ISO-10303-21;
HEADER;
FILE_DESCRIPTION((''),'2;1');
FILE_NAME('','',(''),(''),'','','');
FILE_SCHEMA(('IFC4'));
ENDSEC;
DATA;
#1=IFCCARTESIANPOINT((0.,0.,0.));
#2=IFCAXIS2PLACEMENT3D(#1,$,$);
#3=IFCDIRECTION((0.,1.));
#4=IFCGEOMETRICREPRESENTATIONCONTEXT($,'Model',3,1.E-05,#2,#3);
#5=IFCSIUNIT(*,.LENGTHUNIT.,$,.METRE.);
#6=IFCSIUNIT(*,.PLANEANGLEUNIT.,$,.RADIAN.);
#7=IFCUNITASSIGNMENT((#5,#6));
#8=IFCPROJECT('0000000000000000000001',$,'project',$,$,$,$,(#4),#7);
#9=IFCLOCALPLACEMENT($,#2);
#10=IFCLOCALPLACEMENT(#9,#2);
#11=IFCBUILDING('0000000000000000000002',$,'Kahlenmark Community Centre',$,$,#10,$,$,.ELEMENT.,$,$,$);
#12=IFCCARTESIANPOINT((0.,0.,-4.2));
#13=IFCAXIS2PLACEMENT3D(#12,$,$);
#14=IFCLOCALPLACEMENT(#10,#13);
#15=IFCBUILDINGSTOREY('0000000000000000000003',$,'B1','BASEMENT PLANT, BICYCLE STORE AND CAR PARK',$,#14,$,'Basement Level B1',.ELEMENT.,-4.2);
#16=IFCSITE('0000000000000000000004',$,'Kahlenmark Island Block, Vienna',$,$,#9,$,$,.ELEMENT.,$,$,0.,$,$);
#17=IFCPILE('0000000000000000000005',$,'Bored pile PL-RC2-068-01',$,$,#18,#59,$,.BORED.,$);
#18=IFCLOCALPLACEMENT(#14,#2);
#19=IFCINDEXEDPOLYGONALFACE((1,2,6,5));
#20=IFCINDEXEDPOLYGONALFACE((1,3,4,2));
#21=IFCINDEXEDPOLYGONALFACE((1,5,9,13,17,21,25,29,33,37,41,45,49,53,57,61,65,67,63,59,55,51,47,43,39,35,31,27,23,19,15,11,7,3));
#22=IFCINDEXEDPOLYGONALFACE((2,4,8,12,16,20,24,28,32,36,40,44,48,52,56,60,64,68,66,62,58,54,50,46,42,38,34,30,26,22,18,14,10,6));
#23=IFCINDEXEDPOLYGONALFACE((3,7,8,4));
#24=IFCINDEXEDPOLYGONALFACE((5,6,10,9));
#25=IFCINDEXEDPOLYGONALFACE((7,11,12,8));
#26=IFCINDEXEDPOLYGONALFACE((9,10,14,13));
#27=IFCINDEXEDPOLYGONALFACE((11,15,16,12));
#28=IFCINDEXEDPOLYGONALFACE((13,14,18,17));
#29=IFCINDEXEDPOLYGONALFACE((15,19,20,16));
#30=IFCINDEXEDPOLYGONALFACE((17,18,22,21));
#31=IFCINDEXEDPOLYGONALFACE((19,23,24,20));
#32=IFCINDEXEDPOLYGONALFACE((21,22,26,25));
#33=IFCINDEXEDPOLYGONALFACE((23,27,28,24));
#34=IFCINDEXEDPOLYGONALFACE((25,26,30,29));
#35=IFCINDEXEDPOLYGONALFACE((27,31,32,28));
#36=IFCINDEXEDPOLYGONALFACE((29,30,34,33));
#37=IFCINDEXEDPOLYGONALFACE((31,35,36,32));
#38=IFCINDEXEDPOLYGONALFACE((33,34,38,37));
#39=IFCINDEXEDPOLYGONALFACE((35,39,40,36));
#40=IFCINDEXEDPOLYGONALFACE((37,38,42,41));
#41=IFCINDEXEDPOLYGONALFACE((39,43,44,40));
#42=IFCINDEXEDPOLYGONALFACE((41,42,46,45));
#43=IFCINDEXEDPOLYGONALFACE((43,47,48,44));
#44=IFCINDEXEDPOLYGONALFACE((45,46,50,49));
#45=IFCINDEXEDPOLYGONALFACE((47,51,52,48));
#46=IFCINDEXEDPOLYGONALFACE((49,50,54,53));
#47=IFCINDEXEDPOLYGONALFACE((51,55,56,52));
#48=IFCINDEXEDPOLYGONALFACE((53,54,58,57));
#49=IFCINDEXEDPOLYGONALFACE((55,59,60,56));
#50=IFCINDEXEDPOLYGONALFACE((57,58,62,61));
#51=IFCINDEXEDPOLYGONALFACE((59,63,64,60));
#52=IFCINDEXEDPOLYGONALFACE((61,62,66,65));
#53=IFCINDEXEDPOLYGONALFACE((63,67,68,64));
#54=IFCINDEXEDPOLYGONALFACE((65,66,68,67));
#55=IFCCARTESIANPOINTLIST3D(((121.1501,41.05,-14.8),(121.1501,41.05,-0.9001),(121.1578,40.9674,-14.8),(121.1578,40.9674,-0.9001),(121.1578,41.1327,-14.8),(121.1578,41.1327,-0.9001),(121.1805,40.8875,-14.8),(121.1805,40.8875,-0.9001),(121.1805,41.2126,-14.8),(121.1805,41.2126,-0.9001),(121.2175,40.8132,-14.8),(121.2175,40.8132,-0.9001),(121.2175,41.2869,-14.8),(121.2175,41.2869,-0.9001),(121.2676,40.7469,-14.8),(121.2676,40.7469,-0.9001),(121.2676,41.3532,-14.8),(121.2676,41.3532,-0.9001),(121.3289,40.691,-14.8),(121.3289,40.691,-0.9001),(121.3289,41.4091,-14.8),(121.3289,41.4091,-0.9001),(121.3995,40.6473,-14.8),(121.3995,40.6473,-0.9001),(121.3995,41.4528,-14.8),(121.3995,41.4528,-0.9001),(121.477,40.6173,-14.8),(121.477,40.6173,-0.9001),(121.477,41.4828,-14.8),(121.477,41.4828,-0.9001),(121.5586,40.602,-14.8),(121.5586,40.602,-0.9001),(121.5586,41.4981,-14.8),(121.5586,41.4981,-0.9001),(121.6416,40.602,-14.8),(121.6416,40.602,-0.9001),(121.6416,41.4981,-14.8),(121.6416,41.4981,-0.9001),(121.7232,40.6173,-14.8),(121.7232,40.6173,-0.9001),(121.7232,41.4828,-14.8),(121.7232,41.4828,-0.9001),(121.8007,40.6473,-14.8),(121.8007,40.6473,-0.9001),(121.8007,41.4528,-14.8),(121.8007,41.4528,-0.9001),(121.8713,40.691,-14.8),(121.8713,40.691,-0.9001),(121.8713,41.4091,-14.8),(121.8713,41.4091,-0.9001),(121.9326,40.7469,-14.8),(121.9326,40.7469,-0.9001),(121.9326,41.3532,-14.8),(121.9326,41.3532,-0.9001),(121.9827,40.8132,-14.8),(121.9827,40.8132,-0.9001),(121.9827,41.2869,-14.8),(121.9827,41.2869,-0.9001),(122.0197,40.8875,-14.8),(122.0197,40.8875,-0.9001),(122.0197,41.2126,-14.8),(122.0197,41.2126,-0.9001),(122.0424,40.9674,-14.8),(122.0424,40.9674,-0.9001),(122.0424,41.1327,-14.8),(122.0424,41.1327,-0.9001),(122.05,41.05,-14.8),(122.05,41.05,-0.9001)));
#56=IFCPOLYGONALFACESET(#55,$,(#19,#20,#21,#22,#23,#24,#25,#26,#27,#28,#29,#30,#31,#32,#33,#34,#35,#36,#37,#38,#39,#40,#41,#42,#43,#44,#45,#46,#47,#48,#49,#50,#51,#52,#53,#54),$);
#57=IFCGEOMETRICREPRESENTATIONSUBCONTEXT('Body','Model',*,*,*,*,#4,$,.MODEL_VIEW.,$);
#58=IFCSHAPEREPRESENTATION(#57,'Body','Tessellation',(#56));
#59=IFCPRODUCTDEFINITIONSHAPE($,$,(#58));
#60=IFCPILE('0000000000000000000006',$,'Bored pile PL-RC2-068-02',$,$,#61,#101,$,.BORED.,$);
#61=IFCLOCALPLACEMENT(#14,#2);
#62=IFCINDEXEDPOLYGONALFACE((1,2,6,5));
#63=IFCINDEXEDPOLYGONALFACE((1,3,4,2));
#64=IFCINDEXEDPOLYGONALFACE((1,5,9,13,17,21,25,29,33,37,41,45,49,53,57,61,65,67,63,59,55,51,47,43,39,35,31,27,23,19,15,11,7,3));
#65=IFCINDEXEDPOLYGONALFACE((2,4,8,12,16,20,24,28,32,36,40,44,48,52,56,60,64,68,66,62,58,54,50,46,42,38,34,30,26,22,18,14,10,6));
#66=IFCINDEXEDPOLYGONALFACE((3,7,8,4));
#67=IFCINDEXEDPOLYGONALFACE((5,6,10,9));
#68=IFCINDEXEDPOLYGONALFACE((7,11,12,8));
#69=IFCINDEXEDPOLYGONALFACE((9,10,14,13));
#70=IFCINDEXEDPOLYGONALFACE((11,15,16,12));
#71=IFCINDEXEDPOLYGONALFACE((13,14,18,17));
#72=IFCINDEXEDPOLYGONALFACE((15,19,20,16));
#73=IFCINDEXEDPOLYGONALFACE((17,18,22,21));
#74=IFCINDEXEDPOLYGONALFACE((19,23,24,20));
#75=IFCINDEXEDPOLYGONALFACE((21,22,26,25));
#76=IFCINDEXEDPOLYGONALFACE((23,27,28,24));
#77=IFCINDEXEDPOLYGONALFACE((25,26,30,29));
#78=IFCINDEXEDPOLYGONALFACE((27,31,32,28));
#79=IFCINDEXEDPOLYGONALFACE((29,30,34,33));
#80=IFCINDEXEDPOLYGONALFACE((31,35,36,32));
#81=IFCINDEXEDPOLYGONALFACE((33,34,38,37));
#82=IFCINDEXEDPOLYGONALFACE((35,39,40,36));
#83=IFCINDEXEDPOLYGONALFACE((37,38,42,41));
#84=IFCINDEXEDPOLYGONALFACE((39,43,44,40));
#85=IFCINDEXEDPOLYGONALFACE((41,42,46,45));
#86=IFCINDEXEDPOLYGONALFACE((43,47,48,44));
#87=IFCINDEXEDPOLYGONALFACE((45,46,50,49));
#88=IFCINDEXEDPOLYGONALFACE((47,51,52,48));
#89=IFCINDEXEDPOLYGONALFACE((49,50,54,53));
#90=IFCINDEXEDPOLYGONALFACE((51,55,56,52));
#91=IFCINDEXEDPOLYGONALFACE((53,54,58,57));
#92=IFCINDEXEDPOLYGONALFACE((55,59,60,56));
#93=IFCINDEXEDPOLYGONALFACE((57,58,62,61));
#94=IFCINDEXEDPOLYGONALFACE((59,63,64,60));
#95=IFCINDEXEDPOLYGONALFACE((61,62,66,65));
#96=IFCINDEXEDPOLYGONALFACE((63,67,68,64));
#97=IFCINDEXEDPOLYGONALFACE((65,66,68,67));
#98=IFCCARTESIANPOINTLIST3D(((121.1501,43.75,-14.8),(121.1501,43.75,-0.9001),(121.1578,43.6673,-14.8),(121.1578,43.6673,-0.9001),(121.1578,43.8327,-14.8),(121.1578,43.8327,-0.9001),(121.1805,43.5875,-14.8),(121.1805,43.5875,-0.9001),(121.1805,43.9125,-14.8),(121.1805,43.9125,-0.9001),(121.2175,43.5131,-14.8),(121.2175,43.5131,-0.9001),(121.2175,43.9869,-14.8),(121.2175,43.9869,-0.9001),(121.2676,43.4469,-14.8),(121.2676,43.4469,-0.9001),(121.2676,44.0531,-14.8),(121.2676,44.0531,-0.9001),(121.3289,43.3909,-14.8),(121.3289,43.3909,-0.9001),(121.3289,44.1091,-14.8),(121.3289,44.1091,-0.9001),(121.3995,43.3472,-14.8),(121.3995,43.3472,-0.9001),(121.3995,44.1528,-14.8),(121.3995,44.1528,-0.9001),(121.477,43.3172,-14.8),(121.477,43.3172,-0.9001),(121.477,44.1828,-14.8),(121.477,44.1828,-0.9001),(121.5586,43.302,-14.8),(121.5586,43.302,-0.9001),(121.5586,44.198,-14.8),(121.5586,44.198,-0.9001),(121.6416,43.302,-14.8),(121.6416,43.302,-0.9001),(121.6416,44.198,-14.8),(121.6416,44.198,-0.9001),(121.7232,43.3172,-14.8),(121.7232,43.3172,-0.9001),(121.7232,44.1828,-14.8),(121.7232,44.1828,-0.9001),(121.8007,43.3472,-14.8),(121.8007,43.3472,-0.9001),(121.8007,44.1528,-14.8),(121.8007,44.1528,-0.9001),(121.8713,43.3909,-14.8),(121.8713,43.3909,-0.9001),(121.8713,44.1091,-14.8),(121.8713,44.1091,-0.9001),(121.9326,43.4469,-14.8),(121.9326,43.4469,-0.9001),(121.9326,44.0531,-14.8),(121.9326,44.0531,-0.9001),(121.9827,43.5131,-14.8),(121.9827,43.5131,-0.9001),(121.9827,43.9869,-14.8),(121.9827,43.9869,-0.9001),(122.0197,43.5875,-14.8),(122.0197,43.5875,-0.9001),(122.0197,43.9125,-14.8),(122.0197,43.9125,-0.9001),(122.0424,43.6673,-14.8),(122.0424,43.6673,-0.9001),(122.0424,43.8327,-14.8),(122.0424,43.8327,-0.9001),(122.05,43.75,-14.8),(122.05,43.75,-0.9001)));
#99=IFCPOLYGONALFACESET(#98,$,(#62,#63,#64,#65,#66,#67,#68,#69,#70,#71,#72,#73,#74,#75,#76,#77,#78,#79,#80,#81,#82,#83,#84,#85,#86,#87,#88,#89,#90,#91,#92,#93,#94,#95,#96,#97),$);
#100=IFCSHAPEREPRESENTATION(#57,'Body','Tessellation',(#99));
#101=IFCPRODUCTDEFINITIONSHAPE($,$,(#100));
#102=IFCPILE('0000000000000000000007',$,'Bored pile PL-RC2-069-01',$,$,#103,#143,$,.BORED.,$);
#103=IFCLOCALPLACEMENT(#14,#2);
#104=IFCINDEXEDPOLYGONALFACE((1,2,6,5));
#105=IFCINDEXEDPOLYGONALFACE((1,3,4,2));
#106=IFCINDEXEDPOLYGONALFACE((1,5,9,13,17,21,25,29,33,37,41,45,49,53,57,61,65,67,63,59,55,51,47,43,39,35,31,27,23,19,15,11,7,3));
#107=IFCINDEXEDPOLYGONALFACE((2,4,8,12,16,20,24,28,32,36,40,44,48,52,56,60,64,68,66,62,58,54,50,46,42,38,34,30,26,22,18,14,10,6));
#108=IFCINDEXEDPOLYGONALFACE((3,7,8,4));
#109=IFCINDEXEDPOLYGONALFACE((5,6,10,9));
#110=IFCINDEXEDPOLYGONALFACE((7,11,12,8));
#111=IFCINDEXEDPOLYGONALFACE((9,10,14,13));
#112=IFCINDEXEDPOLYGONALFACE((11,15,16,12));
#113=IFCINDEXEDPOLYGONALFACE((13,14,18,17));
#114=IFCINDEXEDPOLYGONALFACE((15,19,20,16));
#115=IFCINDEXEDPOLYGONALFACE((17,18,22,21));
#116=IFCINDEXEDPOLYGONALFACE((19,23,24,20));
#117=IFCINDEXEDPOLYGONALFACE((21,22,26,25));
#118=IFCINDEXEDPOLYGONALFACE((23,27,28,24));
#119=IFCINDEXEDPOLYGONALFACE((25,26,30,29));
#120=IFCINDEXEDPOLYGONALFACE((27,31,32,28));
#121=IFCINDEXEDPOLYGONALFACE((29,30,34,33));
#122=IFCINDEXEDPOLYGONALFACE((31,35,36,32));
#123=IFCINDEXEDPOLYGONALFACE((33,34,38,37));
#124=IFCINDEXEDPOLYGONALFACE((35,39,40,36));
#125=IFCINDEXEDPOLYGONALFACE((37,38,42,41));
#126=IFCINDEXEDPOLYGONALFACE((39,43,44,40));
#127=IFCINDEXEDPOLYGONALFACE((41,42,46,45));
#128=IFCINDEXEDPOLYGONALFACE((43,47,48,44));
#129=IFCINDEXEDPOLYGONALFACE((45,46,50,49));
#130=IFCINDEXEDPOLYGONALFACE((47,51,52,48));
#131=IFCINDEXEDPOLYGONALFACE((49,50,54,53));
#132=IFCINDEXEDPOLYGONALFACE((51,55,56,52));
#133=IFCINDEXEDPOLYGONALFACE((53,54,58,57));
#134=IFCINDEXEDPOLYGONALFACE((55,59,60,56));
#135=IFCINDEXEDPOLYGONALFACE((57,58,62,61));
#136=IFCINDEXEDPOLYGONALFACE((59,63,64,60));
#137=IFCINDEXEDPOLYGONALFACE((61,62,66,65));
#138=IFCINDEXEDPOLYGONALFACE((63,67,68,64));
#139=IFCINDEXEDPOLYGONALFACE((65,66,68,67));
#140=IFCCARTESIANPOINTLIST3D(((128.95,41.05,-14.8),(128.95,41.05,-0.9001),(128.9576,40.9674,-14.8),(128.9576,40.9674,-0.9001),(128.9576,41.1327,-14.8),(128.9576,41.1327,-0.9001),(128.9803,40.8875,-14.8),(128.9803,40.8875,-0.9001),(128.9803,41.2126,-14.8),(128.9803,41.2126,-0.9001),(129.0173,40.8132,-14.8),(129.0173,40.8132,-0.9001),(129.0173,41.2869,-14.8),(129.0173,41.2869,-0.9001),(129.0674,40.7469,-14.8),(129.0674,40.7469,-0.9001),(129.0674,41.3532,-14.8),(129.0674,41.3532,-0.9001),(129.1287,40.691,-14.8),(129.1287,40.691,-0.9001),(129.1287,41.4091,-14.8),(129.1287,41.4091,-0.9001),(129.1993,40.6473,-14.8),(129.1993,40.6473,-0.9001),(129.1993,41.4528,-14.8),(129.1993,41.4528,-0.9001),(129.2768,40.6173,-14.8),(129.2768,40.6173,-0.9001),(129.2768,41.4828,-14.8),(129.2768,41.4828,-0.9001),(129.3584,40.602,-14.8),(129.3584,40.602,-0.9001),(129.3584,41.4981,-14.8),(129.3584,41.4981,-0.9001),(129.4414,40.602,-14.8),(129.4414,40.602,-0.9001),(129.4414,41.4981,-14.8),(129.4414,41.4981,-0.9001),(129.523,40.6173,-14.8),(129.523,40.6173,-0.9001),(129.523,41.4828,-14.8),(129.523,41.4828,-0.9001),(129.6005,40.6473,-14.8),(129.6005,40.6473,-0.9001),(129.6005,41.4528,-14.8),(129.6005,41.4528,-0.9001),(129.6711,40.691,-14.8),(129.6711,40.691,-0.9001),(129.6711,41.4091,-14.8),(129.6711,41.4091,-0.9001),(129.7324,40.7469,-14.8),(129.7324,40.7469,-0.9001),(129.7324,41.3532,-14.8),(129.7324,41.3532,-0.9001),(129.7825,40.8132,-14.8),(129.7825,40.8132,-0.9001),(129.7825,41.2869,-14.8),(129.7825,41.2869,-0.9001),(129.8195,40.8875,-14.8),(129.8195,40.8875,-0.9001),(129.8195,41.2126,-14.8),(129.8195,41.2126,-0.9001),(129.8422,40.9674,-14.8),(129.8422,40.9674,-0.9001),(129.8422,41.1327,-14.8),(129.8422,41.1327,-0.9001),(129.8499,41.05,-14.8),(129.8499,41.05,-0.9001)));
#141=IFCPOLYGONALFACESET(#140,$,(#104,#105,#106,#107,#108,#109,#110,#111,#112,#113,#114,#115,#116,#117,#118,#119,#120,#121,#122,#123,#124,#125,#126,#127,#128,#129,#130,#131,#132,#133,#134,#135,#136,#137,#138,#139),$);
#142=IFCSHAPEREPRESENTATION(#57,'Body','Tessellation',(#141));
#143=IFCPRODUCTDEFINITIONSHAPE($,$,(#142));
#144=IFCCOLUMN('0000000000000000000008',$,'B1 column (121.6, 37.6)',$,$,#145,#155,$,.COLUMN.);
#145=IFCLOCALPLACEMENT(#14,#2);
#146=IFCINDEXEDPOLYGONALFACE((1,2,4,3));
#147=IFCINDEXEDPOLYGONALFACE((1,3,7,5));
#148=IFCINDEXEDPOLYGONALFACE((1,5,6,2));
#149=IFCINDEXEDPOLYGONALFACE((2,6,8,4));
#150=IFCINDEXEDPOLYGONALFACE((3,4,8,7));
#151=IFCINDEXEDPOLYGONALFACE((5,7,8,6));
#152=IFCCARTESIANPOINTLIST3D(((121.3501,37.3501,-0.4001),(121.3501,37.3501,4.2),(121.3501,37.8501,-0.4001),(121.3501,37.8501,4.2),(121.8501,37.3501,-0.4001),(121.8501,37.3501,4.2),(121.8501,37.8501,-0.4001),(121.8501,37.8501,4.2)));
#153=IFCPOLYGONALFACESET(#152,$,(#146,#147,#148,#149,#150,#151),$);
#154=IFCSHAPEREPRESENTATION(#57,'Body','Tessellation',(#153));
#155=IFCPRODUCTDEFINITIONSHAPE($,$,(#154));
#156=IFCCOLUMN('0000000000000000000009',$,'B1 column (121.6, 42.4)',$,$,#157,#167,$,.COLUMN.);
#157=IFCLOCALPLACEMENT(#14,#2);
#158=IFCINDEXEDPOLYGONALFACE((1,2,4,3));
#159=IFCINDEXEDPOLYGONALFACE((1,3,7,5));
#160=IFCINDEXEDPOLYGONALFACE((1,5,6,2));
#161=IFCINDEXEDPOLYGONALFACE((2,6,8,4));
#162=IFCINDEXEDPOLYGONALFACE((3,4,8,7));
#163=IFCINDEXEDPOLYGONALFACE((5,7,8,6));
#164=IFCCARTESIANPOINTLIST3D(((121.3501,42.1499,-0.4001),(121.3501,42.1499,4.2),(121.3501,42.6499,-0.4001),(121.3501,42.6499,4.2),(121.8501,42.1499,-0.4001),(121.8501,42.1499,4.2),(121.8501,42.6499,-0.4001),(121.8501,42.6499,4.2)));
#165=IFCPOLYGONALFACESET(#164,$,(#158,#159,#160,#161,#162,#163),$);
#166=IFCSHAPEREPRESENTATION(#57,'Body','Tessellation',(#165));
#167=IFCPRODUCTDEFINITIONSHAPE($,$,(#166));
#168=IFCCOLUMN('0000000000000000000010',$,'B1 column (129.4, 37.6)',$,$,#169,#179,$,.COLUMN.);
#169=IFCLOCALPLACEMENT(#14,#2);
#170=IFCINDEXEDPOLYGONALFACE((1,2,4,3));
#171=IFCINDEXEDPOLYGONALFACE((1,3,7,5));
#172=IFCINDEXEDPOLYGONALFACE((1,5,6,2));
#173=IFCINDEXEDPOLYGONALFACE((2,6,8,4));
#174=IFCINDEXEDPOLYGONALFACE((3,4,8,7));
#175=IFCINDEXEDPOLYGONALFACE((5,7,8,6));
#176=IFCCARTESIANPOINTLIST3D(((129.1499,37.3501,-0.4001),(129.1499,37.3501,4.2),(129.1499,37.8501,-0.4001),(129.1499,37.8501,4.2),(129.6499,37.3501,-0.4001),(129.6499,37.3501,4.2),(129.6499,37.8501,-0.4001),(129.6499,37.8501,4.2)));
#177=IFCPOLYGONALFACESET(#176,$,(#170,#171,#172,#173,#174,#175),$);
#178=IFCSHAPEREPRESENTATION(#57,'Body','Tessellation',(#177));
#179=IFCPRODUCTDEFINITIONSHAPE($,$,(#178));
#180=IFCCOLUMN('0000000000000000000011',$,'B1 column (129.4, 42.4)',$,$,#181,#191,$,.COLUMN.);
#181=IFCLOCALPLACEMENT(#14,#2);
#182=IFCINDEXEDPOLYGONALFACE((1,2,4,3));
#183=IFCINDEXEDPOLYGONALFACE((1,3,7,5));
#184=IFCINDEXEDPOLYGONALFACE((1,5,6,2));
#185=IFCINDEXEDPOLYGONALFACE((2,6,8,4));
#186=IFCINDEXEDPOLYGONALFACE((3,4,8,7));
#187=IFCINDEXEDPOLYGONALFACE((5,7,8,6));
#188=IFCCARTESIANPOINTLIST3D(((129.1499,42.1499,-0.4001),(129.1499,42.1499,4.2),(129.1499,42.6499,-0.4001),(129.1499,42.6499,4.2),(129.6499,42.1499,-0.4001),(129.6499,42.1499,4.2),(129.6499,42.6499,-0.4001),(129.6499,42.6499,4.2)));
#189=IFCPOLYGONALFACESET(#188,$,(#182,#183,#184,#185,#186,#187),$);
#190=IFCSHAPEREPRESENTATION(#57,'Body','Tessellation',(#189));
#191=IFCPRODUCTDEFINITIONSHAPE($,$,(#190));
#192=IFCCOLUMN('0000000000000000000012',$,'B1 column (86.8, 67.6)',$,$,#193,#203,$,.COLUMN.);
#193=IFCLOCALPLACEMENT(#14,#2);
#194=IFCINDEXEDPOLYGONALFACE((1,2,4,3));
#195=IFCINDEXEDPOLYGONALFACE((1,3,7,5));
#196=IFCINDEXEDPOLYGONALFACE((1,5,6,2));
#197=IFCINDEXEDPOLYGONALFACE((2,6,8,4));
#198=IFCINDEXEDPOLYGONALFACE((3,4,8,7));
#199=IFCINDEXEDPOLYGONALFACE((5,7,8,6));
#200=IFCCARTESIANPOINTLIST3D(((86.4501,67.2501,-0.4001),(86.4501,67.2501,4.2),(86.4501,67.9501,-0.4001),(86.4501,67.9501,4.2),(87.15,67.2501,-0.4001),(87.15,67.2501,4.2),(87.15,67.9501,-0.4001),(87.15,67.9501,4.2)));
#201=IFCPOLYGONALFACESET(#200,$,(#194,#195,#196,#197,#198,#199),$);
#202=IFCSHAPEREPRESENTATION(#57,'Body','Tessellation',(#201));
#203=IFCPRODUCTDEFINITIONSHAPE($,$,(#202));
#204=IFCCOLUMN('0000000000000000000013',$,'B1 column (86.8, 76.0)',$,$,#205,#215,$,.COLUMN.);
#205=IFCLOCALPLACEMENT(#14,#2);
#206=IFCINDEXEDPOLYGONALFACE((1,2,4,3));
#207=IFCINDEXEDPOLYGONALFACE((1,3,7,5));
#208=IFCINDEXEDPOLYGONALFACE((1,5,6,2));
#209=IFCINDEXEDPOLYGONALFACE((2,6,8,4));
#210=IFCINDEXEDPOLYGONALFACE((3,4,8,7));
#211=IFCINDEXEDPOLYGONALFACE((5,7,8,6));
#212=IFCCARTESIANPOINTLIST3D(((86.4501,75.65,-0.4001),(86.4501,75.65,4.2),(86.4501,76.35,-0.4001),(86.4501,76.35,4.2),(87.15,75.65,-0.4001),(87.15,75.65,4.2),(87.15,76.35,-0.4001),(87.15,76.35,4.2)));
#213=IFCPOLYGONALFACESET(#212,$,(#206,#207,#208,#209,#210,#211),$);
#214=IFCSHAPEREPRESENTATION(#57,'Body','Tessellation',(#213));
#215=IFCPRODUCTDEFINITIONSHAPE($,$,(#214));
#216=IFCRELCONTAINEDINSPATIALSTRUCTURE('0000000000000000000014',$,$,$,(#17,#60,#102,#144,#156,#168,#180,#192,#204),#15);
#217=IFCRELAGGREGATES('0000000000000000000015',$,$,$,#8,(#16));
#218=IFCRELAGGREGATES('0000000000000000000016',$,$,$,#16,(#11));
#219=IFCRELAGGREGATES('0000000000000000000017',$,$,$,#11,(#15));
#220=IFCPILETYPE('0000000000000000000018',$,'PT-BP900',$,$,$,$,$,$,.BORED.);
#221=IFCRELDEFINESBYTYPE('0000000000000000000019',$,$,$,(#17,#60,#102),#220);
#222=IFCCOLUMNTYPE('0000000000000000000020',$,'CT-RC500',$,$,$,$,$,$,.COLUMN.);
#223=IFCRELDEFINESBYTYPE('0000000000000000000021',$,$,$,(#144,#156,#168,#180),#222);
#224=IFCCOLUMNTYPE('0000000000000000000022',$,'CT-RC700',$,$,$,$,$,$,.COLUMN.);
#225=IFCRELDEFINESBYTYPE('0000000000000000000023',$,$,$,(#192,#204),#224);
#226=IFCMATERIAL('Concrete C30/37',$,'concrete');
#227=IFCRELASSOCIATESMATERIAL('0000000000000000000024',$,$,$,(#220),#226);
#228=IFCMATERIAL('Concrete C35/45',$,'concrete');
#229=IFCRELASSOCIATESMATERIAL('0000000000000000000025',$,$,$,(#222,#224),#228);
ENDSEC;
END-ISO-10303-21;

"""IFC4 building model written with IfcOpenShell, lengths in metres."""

from ifc_helpers import new_model, si_unit, direction, frame, origin, origin_2d, place, context, subcontext, project, spatial, rectangle, circle, extrude, material, material_profile, profile_set, type_object, element, save


model = new_model("IFC4")

# Units and contexts
model_context = context("Model", 3, precision=1e-05, world=origin(), true_north=direction((0.0, 1.0)))
body_context = subcontext(model_context, "Body", "Model", "MODEL_VIEW")
ifc_project = project(units=[si_unit("LENGTHUNIT", "METRE"), si_unit("PLANEANGLEUNIT", "RADIAN")], contexts=[model_context])

# Site, building, storey
site_placement = place(None, origin())
site = spatial("IfcSite", under=ifc_project, at=site_placement, Name="Kahlenmark Island Block, Vienna", CompositionType="ELEMENT", RefElevation=0.0)
building_placement = place(site_placement, origin())
building = spatial("IfcBuilding", under=site, at=building_placement, Name="Kahlenmark Community Centre", CompositionType="ELEMENT")
storey_placement = place(building_placement, frame((0.0, 0.0, -4.2)))
storey = spatial("IfcBuildingStorey", under=building, at=storey_placement, Name="B1", Description="BASEMENT PLANT, BICYCLE STORE AND CAR PARK", LongName="Basement Level B1", CompositionType="ELEMENT", Elevation=-4.2)

# Shared definitions
ifc_material_1 = material(Name="Concrete C30/37", Category="concrete")

# Piles
ifc_material_profile_1 = material_profile(ifc_material_1, circle(Radius=0.45, at=origin_2d()), Name="BORED PILE 900")
ifc_profile_set_1 = profile_set([ifc_material_profile_1], Name="Concrete C30/37")
pile_type_1 = type_object("IfcPileType", Name="PT-BP900", PredefinedType="BORED", material=ifc_profile_set_1)
for number, where, z_axis, x_axis, name in (
    (1, (121.6001, 41.05, -0.9001), (0.0, 0.0, -1.0), (1.0, 0.0, 0.0), "Bored pile PL-RC2-068-01"),
    (2, (121.6001, 43.75, -0.9001), (0.0, 0.0, -1.0), (1.0, 0.0, 0.0), "Bored pile PL-RC2-068-02"),
    (3, (129.3999, 41.05, -0.9001), (0.0, 0.0, -1.0), (1.0, 0.0, 0.0), "Bored pile PL-RC2-069-01"),
):
    element("IfcPile", number, at=place(storey_placement, frame(where, z_axis=z_axis, x_axis=x_axis)), inside=storey, type_object=pile_type_1, Name=name, PredefinedType="BORED", context=body_context, shape_type="SweptSolid", body=[
        extrude(circle(Radius=0.45, at=origin_2d()), origin(), (0.0, 0.0, 1.0), 13.8999),
    ])

# Columns
ifc_material_2 = material(Name="Concrete C35/45", Category="concrete")
ifc_material_profile_2 = material_profile(ifc_material_2, rectangle(XDim=0.5, YDim=0.5, at=origin_2d()), Name="RC 500x500")
ifc_profile_set_2 = profile_set([ifc_material_profile_2], Name="Concrete C35/45")
column_type_1 = type_object("IfcColumnType", Name="CT-RC500", PredefinedType="COLUMN", material=ifc_profile_set_2)
for number, where, z_axis, x_axis, name in (
    (4, (121.6001, 37.6001, -0.4001), (0.0, 0.0, 1.0), (1.0, 0.0, 0.0), "B1 column (121.6, 37.6)"),
    (5, (121.6001, 42.3999, -0.4001), (0.0, 0.0, 1.0), (1.0, 0.0, 0.0), "B1 column (121.6, 42.4)"),
    (6, (129.3999, 37.6001, -0.4001), (0.0, 0.0, 1.0), (1.0, 0.0, 0.0), "B1 column (129.4, 37.6)"),
    (7, (129.3999, 42.3999, -0.4001), (0.0, 0.0, 1.0), (1.0, 0.0, 0.0), "B1 column (129.4, 42.4)"),
):
    element("IfcColumn", number, at=place(storey_placement, frame(where, z_axis=z_axis, x_axis=x_axis)), inside=storey, type_object=column_type_1, Name=name, PredefinedType="COLUMN", context=body_context, shape_type="SweptSolid", body=[
        extrude(rectangle(XDim=0.5, YDim=0.5, at=origin_2d()), origin(), (0.0, 0.0, 1.0), 4.6001),
    ])
ifc_material_profile_3 = material_profile(ifc_material_2, rectangle(XDim=0.7, YDim=0.7, at=origin_2d()), Name="RC 700x700")
ifc_profile_set_3 = profile_set([ifc_material_profile_3], Name="Concrete C35/45")
column_type_2 = type_object("IfcColumnType", Name="CT-RC700", PredefinedType="COLUMN", material=ifc_profile_set_3)
for number, where, z_axis, x_axis, name in (
    (8, (86.8, 67.6001, -0.4001), (0.0, 0.0, 1.0), (1.0, 0.0, 0.0), "B1 column (86.8, 67.6)"),
    (9, (86.8, 76.0, -0.4001), (0.0, 0.0, 1.0), (1.0, 0.0, 0.0), "B1 column (86.8, 76.0)"),
):
    element("IfcColumn", number, at=place(storey_placement, frame(where, z_axis=z_axis, x_axis=x_axis)), inside=storey, type_object=column_type_2, Name=name, PredefinedType="COLUMN", context=body_context, shape_type="SweptSolid", body=[
        extrude(rectangle(XDim=0.7, YDim=0.7, at=origin_2d()), origin(), (0.0, 0.0, 1.0), 4.6001),
    ])

save(model, "model.ifc")
